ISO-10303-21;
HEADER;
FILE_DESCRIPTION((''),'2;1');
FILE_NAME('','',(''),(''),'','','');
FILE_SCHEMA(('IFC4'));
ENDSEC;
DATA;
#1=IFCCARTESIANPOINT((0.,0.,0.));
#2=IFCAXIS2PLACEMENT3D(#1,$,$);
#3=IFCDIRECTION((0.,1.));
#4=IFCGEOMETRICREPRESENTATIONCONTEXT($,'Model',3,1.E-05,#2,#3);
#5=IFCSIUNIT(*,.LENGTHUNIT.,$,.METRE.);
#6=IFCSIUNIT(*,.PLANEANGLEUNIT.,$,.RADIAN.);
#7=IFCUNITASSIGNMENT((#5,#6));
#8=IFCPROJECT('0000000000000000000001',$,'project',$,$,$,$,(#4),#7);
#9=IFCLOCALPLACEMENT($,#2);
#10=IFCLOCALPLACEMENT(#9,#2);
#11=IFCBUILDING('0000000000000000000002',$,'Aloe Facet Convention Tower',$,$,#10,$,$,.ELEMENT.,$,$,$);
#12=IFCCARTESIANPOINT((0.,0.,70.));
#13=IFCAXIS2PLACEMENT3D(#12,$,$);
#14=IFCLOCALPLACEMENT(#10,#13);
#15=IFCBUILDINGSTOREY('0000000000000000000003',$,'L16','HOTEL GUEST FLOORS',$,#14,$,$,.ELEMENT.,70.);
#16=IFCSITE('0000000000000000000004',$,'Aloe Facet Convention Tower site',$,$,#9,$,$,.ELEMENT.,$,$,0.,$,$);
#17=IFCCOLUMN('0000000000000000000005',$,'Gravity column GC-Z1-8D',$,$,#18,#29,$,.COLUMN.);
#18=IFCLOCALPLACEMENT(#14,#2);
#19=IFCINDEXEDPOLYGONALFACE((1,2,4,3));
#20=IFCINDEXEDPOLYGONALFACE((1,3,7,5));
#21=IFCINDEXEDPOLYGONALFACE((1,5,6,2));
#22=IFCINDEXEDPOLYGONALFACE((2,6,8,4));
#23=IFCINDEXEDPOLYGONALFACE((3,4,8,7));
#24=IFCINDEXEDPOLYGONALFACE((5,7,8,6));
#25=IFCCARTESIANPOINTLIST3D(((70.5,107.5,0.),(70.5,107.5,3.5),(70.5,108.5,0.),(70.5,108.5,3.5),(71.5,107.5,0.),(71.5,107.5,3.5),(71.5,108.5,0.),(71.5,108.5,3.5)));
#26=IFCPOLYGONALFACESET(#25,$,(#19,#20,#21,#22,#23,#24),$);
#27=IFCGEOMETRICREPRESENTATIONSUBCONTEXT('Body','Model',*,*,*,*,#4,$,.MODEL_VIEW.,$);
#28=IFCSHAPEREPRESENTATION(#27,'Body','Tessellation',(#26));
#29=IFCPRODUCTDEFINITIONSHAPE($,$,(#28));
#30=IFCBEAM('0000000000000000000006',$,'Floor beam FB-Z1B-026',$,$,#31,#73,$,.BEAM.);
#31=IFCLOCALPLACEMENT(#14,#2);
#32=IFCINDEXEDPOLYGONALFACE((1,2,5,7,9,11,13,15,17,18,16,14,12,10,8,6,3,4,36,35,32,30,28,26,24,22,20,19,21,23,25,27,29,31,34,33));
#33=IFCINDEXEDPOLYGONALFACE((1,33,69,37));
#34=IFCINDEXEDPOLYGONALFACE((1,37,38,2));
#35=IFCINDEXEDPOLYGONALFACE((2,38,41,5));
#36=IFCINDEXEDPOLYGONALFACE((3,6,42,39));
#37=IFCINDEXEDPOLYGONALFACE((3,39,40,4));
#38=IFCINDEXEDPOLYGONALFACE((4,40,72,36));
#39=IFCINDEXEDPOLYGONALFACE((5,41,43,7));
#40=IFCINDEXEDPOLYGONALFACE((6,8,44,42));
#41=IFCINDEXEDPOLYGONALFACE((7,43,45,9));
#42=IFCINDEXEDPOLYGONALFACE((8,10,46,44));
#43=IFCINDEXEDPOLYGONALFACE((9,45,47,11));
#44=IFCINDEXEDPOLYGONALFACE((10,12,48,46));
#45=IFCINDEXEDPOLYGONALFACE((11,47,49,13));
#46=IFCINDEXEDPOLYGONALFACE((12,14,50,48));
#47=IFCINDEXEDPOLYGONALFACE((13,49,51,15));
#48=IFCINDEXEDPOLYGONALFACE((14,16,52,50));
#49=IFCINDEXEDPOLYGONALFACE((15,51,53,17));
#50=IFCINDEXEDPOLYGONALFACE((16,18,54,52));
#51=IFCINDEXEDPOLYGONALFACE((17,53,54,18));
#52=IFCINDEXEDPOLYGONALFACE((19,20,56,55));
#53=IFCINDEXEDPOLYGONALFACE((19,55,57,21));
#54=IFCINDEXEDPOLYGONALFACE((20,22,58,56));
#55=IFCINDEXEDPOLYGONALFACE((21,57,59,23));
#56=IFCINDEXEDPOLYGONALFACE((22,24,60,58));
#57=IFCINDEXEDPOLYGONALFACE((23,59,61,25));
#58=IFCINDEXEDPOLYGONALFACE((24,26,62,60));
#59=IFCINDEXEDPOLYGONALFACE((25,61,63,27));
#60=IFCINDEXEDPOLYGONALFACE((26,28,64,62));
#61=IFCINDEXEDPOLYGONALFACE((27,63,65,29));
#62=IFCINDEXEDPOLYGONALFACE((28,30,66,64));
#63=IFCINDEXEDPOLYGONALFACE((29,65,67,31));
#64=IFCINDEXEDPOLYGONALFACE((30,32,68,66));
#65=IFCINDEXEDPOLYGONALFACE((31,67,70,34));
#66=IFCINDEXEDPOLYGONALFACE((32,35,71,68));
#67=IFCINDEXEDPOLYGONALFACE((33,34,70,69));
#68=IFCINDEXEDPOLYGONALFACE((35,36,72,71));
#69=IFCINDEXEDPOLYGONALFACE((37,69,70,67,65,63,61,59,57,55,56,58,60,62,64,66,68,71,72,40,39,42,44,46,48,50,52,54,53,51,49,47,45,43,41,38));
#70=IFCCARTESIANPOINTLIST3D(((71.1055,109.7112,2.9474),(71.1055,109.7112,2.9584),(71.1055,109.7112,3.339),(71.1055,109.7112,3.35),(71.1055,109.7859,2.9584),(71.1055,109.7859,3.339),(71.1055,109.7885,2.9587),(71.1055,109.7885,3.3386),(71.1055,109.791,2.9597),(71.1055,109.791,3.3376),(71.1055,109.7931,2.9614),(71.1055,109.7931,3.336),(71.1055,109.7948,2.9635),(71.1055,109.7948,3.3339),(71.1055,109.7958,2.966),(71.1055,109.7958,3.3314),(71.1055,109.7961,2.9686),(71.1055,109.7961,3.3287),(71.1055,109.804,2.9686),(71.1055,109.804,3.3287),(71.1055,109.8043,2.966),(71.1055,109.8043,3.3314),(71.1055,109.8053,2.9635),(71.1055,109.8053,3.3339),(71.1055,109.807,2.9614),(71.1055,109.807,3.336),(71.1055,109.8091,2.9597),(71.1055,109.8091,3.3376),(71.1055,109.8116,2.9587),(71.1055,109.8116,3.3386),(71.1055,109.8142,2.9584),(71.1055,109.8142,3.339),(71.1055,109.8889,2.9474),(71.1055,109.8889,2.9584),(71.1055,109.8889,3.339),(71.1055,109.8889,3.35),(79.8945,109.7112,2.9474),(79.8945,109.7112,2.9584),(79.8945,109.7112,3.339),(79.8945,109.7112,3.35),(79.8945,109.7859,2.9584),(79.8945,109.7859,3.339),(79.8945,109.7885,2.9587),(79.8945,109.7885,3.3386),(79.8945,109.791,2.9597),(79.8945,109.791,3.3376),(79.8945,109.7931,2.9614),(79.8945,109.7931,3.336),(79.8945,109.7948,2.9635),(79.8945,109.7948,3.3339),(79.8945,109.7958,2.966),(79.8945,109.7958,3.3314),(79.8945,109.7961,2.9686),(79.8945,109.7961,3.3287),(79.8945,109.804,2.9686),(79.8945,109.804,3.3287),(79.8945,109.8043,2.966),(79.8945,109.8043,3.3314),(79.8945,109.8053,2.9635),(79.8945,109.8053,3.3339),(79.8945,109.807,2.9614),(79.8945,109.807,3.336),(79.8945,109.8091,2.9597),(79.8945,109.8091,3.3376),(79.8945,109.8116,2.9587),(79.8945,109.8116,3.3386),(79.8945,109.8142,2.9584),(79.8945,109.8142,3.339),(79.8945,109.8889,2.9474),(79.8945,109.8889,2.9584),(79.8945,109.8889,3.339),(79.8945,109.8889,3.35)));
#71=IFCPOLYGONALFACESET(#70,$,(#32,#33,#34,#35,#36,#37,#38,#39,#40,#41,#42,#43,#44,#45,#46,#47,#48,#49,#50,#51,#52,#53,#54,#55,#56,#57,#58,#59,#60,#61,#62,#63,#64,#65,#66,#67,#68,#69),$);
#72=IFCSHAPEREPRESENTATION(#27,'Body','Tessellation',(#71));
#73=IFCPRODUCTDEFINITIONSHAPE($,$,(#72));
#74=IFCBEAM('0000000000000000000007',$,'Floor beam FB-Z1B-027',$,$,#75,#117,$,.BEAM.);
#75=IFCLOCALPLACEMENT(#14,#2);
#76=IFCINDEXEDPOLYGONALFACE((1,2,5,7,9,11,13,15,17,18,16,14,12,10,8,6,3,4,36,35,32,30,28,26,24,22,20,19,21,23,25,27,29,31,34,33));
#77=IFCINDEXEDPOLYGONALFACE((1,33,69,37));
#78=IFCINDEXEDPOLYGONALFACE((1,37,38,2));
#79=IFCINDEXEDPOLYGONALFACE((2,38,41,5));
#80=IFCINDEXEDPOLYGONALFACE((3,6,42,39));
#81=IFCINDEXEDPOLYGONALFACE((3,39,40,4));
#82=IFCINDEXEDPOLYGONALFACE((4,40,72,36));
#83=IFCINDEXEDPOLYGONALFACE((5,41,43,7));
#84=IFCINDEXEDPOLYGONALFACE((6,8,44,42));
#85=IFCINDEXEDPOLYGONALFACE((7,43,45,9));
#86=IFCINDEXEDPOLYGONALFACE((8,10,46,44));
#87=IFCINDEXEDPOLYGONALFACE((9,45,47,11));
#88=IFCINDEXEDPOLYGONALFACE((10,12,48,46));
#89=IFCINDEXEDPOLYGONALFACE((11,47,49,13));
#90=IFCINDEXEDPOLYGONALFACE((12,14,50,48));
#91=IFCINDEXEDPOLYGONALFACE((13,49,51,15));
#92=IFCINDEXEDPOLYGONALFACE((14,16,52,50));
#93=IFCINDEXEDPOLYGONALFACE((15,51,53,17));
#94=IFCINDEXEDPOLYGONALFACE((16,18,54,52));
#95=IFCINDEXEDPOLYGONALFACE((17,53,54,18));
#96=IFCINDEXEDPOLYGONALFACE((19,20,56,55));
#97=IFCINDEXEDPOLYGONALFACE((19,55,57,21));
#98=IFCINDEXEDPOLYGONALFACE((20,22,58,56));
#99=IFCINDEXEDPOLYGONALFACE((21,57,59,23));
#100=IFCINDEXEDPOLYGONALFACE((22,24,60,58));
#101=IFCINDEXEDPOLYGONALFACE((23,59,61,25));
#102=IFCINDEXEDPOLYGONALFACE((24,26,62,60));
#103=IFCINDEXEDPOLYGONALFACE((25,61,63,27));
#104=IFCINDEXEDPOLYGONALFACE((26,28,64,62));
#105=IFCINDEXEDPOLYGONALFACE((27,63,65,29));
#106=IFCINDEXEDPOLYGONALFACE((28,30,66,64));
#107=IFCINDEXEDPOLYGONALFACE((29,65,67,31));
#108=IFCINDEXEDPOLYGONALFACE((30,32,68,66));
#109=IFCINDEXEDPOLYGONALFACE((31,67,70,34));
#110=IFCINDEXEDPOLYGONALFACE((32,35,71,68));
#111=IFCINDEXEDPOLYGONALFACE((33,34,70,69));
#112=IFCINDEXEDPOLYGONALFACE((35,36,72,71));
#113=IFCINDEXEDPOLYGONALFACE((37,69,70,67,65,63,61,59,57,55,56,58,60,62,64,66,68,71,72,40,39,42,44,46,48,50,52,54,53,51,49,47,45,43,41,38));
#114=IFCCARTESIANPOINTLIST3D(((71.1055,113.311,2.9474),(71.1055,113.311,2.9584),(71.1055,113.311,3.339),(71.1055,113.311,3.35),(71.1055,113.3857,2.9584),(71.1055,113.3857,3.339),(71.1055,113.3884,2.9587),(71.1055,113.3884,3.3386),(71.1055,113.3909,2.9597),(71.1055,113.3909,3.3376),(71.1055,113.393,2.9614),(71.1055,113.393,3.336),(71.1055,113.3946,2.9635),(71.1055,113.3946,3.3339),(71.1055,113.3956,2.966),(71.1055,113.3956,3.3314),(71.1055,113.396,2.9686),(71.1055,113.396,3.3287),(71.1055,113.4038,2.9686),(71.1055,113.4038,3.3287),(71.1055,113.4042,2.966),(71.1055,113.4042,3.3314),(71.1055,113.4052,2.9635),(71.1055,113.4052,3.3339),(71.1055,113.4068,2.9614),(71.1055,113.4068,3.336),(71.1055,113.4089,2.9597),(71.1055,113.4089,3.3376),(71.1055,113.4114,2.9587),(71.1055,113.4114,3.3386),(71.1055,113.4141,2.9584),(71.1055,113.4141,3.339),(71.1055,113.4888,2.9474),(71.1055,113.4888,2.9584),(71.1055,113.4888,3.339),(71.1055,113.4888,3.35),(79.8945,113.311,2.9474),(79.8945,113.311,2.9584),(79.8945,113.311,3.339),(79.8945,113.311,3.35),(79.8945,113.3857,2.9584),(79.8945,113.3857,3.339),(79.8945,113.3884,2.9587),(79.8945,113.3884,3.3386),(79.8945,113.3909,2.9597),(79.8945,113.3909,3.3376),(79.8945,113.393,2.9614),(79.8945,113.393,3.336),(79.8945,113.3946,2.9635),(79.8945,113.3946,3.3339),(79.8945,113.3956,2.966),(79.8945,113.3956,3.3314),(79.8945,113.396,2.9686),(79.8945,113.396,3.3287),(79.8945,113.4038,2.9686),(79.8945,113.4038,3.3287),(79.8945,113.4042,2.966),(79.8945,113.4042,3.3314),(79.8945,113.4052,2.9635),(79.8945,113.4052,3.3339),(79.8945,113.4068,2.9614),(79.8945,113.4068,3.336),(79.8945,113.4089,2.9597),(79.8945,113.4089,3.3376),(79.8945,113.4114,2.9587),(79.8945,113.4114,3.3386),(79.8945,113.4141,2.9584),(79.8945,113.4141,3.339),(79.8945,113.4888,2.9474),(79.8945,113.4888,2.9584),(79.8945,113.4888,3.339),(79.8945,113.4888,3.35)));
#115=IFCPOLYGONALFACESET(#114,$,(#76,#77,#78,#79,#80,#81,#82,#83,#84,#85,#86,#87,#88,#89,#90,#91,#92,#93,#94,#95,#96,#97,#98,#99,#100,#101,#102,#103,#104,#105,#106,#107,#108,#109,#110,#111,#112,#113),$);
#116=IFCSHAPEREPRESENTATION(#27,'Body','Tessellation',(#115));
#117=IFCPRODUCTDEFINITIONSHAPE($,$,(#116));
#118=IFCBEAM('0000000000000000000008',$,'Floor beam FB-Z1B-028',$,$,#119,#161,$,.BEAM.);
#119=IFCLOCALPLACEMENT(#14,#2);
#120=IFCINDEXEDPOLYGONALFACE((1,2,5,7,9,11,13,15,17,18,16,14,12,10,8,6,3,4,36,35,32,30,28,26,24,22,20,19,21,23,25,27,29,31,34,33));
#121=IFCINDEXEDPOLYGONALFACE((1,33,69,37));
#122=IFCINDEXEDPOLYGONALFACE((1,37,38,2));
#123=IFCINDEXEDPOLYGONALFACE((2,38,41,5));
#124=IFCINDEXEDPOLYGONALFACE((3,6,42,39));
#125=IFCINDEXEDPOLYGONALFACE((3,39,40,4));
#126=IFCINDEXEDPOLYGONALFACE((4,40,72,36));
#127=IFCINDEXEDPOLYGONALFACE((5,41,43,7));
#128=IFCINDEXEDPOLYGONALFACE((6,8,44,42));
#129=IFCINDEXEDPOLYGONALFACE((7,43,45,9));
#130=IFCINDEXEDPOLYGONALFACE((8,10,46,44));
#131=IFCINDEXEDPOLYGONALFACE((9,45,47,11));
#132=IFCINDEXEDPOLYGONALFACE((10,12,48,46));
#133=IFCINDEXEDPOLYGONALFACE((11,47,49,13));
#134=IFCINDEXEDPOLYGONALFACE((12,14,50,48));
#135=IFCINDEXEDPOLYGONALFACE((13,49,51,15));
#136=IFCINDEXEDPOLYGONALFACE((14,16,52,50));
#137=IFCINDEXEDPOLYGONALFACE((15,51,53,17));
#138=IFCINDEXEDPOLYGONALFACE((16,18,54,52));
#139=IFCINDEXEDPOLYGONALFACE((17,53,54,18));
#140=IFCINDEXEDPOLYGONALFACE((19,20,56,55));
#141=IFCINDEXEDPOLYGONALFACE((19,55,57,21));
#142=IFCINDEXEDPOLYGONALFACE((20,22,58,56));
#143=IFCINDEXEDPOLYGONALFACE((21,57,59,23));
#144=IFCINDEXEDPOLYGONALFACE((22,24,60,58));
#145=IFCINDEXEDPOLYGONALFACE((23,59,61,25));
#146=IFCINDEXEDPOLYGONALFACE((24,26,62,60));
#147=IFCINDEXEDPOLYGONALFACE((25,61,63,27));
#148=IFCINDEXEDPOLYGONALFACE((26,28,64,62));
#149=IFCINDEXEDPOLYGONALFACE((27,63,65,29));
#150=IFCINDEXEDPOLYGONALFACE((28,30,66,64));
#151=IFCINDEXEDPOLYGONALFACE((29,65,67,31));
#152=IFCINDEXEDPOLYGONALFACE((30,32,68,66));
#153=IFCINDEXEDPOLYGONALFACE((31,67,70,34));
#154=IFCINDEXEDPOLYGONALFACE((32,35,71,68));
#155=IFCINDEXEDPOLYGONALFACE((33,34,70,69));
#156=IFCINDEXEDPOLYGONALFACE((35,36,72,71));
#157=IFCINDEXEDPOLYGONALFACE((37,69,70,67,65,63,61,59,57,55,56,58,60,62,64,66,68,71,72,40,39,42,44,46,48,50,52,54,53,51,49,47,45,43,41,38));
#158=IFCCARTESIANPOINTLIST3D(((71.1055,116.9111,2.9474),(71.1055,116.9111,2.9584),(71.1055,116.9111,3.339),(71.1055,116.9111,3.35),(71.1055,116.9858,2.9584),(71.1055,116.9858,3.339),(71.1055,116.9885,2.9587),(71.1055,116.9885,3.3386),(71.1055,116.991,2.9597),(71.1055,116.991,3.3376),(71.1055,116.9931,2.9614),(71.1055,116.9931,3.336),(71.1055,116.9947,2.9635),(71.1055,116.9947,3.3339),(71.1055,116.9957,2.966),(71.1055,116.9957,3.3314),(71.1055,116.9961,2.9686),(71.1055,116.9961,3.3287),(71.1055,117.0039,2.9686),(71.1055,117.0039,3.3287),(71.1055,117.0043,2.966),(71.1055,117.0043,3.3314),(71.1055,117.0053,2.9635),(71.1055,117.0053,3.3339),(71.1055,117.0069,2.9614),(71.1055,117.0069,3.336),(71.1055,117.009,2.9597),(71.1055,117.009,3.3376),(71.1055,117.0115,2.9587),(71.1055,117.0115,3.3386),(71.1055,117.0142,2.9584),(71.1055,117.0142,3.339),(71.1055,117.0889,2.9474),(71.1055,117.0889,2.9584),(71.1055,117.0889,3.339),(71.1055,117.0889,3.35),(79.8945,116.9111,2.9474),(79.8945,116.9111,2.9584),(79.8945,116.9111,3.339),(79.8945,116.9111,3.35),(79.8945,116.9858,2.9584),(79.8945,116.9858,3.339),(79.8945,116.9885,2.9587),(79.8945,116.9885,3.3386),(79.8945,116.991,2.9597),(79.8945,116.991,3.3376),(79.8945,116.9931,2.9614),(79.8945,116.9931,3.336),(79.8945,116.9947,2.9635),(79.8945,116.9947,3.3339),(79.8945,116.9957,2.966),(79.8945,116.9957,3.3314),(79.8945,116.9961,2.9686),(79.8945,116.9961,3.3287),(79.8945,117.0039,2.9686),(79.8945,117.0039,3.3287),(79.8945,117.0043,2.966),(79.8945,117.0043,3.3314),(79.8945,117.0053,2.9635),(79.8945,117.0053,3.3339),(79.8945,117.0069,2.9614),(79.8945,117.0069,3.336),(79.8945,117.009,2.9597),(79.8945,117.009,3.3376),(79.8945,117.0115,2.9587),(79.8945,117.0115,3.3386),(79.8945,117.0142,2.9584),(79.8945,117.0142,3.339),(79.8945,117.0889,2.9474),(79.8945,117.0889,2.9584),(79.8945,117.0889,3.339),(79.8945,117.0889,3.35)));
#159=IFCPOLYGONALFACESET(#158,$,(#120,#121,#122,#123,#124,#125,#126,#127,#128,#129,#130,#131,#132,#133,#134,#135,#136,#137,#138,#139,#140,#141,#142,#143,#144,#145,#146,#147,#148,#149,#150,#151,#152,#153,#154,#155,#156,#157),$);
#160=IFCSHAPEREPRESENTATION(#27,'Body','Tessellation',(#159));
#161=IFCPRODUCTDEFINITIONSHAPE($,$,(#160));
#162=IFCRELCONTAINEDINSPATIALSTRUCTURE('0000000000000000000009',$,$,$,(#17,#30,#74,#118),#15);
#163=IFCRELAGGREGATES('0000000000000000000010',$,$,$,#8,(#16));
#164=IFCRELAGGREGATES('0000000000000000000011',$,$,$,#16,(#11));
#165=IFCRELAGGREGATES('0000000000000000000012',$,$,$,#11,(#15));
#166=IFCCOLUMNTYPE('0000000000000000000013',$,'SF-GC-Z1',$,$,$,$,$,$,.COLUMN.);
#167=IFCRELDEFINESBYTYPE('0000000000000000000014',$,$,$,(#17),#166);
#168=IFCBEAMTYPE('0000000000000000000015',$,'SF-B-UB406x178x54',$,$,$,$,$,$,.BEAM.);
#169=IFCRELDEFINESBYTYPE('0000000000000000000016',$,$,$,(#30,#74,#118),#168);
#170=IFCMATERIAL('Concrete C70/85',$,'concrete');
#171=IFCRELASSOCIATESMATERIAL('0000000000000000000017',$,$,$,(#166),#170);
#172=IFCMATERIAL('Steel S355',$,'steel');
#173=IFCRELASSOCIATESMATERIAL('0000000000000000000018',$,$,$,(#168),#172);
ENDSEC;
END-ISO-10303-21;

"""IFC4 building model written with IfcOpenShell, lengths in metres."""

from ifc_helpers import new_model, si_unit, direction, frame, origin, origin_2d, place, context, subcontext, project, spatial, rectangle, i_section, extrude, material, material_profile, profile_set, type_object, element, save


model = new_model("IFC4")

# Units and contexts
model_context = context("Model", 3, precision=1e-05, world=origin(), true_north=direction((0.0, 1.0)))
body_context = subcontext(model_context, "Body", "Model", "MODEL_VIEW")
ifc_project = project(units=[si_unit("LENGTHUNIT", "METRE"), si_unit("PLANEANGLEUNIT", "RADIAN")], contexts=[model_context])

# Site, building, storey
site_placement = place(None, origin())
site = spatial("IfcSite", under=ifc_project, at=site_placement, Name="Aloe Facet Convention Tower site", CompositionType="ELEMENT", RefElevation=0.0)
building_placement = place(site_placement, origin())
building = spatial("IfcBuilding", under=site, at=building_placement, Name="Aloe Facet Convention Tower", CompositionType="ELEMENT")
storey_placement = place(building_placement, frame((0.0, 0.0, 70.0)))
storey = spatial("IfcBuildingStorey", under=building, at=storey_placement, Name="L16", Description="HOTEL GUEST FLOORS", CompositionType="ELEMENT", Elevation=70.0)

# Column
ifc_material_1 = material(Name="Concrete C70/85", Category="concrete")
ifc_material_profile_1 = material_profile(ifc_material_1, rectangle(XDim=1.0, YDim=1.0, at=origin_2d()), Name="SF-GC-Z1")
ifc_profile_set_1 = profile_set([ifc_material_profile_1], Name="Concrete C70/85")
column_type = type_object("IfcColumnType", Name="SF-GC-Z1", PredefinedType="COLUMN", material=ifc_profile_set_1)
column_placement = place(storey_placement, frame((71.0, 108.0, 0.0), z_axis=(0.0, 0.0, 1.0), x_axis=(1.0, 0.0, 0.0)))
element("IfcColumn", 1, at=column_placement, inside=storey, type_object=column_type, Name="Gravity column GC-Z1-8D", PredefinedType="COLUMN", context=body_context, shape_type="SweptSolid", body=[
    extrude(rectangle(XDim=1.0, YDim=1.0, at=origin_2d()), origin(), (0.0, 0.0, 1.0), 3.5),
])

# Beams
ifc_material_2 = material(Name="Steel S355", Category="steel")
ifc_material_profile_2 = material_profile(ifc_material_2, i_section(OverallWidth=0.1777, OverallDepth=0.4026, WebThickness=0.0078, FlangeThickness=0.011, FilletRadius=0.0103, at=origin_2d()), Name="UB 406x178x54")
ifc_profile_set_2 = profile_set([ifc_material_profile_2], Name="Steel S355")
beam_type_1 = type_object("IfcBeamType", Name="SF-B-UB406x178x54", PredefinedType="BEAM", material=ifc_profile_set_2)
for number, where, z_axis, x_axis, name in (
    (2, (71.1055, 109.8, 3.1487), (1.0, 0.0, 0.0), (0.0, 1.0, 0.0), "Floor beam FB-Z1B-026"),
    (3, (71.1055, 113.3999, 3.1487), (1.0, 0.0, 0.0), (0.0, 1.0, 0.0), "Floor beam FB-Z1B-027"),
    (4, (71.1055, 117.0, 3.1487), (1.0, 0.0, 0.0), (0.0, 1.0, 0.0), "Floor beam FB-Z1B-028"),
):
    element("IfcBeam", number, at=place(storey_placement, frame(where, z_axis=z_axis, x_axis=x_axis)), inside=storey, type_object=beam_type_1, Name=name, PredefinedType="BEAM", context=body_context, shape_type="SweptSolid", body=[
        extrude(i_section(OverallWidth=0.1777, OverallDepth=0.4026, WebThickness=0.0078, FlangeThickness=0.011, FilletRadius=0.0103, at=origin_2d()), origin(), (0.0, 0.0, 1.0), 8.7891),
    ])

save(model, "model.ifc")
